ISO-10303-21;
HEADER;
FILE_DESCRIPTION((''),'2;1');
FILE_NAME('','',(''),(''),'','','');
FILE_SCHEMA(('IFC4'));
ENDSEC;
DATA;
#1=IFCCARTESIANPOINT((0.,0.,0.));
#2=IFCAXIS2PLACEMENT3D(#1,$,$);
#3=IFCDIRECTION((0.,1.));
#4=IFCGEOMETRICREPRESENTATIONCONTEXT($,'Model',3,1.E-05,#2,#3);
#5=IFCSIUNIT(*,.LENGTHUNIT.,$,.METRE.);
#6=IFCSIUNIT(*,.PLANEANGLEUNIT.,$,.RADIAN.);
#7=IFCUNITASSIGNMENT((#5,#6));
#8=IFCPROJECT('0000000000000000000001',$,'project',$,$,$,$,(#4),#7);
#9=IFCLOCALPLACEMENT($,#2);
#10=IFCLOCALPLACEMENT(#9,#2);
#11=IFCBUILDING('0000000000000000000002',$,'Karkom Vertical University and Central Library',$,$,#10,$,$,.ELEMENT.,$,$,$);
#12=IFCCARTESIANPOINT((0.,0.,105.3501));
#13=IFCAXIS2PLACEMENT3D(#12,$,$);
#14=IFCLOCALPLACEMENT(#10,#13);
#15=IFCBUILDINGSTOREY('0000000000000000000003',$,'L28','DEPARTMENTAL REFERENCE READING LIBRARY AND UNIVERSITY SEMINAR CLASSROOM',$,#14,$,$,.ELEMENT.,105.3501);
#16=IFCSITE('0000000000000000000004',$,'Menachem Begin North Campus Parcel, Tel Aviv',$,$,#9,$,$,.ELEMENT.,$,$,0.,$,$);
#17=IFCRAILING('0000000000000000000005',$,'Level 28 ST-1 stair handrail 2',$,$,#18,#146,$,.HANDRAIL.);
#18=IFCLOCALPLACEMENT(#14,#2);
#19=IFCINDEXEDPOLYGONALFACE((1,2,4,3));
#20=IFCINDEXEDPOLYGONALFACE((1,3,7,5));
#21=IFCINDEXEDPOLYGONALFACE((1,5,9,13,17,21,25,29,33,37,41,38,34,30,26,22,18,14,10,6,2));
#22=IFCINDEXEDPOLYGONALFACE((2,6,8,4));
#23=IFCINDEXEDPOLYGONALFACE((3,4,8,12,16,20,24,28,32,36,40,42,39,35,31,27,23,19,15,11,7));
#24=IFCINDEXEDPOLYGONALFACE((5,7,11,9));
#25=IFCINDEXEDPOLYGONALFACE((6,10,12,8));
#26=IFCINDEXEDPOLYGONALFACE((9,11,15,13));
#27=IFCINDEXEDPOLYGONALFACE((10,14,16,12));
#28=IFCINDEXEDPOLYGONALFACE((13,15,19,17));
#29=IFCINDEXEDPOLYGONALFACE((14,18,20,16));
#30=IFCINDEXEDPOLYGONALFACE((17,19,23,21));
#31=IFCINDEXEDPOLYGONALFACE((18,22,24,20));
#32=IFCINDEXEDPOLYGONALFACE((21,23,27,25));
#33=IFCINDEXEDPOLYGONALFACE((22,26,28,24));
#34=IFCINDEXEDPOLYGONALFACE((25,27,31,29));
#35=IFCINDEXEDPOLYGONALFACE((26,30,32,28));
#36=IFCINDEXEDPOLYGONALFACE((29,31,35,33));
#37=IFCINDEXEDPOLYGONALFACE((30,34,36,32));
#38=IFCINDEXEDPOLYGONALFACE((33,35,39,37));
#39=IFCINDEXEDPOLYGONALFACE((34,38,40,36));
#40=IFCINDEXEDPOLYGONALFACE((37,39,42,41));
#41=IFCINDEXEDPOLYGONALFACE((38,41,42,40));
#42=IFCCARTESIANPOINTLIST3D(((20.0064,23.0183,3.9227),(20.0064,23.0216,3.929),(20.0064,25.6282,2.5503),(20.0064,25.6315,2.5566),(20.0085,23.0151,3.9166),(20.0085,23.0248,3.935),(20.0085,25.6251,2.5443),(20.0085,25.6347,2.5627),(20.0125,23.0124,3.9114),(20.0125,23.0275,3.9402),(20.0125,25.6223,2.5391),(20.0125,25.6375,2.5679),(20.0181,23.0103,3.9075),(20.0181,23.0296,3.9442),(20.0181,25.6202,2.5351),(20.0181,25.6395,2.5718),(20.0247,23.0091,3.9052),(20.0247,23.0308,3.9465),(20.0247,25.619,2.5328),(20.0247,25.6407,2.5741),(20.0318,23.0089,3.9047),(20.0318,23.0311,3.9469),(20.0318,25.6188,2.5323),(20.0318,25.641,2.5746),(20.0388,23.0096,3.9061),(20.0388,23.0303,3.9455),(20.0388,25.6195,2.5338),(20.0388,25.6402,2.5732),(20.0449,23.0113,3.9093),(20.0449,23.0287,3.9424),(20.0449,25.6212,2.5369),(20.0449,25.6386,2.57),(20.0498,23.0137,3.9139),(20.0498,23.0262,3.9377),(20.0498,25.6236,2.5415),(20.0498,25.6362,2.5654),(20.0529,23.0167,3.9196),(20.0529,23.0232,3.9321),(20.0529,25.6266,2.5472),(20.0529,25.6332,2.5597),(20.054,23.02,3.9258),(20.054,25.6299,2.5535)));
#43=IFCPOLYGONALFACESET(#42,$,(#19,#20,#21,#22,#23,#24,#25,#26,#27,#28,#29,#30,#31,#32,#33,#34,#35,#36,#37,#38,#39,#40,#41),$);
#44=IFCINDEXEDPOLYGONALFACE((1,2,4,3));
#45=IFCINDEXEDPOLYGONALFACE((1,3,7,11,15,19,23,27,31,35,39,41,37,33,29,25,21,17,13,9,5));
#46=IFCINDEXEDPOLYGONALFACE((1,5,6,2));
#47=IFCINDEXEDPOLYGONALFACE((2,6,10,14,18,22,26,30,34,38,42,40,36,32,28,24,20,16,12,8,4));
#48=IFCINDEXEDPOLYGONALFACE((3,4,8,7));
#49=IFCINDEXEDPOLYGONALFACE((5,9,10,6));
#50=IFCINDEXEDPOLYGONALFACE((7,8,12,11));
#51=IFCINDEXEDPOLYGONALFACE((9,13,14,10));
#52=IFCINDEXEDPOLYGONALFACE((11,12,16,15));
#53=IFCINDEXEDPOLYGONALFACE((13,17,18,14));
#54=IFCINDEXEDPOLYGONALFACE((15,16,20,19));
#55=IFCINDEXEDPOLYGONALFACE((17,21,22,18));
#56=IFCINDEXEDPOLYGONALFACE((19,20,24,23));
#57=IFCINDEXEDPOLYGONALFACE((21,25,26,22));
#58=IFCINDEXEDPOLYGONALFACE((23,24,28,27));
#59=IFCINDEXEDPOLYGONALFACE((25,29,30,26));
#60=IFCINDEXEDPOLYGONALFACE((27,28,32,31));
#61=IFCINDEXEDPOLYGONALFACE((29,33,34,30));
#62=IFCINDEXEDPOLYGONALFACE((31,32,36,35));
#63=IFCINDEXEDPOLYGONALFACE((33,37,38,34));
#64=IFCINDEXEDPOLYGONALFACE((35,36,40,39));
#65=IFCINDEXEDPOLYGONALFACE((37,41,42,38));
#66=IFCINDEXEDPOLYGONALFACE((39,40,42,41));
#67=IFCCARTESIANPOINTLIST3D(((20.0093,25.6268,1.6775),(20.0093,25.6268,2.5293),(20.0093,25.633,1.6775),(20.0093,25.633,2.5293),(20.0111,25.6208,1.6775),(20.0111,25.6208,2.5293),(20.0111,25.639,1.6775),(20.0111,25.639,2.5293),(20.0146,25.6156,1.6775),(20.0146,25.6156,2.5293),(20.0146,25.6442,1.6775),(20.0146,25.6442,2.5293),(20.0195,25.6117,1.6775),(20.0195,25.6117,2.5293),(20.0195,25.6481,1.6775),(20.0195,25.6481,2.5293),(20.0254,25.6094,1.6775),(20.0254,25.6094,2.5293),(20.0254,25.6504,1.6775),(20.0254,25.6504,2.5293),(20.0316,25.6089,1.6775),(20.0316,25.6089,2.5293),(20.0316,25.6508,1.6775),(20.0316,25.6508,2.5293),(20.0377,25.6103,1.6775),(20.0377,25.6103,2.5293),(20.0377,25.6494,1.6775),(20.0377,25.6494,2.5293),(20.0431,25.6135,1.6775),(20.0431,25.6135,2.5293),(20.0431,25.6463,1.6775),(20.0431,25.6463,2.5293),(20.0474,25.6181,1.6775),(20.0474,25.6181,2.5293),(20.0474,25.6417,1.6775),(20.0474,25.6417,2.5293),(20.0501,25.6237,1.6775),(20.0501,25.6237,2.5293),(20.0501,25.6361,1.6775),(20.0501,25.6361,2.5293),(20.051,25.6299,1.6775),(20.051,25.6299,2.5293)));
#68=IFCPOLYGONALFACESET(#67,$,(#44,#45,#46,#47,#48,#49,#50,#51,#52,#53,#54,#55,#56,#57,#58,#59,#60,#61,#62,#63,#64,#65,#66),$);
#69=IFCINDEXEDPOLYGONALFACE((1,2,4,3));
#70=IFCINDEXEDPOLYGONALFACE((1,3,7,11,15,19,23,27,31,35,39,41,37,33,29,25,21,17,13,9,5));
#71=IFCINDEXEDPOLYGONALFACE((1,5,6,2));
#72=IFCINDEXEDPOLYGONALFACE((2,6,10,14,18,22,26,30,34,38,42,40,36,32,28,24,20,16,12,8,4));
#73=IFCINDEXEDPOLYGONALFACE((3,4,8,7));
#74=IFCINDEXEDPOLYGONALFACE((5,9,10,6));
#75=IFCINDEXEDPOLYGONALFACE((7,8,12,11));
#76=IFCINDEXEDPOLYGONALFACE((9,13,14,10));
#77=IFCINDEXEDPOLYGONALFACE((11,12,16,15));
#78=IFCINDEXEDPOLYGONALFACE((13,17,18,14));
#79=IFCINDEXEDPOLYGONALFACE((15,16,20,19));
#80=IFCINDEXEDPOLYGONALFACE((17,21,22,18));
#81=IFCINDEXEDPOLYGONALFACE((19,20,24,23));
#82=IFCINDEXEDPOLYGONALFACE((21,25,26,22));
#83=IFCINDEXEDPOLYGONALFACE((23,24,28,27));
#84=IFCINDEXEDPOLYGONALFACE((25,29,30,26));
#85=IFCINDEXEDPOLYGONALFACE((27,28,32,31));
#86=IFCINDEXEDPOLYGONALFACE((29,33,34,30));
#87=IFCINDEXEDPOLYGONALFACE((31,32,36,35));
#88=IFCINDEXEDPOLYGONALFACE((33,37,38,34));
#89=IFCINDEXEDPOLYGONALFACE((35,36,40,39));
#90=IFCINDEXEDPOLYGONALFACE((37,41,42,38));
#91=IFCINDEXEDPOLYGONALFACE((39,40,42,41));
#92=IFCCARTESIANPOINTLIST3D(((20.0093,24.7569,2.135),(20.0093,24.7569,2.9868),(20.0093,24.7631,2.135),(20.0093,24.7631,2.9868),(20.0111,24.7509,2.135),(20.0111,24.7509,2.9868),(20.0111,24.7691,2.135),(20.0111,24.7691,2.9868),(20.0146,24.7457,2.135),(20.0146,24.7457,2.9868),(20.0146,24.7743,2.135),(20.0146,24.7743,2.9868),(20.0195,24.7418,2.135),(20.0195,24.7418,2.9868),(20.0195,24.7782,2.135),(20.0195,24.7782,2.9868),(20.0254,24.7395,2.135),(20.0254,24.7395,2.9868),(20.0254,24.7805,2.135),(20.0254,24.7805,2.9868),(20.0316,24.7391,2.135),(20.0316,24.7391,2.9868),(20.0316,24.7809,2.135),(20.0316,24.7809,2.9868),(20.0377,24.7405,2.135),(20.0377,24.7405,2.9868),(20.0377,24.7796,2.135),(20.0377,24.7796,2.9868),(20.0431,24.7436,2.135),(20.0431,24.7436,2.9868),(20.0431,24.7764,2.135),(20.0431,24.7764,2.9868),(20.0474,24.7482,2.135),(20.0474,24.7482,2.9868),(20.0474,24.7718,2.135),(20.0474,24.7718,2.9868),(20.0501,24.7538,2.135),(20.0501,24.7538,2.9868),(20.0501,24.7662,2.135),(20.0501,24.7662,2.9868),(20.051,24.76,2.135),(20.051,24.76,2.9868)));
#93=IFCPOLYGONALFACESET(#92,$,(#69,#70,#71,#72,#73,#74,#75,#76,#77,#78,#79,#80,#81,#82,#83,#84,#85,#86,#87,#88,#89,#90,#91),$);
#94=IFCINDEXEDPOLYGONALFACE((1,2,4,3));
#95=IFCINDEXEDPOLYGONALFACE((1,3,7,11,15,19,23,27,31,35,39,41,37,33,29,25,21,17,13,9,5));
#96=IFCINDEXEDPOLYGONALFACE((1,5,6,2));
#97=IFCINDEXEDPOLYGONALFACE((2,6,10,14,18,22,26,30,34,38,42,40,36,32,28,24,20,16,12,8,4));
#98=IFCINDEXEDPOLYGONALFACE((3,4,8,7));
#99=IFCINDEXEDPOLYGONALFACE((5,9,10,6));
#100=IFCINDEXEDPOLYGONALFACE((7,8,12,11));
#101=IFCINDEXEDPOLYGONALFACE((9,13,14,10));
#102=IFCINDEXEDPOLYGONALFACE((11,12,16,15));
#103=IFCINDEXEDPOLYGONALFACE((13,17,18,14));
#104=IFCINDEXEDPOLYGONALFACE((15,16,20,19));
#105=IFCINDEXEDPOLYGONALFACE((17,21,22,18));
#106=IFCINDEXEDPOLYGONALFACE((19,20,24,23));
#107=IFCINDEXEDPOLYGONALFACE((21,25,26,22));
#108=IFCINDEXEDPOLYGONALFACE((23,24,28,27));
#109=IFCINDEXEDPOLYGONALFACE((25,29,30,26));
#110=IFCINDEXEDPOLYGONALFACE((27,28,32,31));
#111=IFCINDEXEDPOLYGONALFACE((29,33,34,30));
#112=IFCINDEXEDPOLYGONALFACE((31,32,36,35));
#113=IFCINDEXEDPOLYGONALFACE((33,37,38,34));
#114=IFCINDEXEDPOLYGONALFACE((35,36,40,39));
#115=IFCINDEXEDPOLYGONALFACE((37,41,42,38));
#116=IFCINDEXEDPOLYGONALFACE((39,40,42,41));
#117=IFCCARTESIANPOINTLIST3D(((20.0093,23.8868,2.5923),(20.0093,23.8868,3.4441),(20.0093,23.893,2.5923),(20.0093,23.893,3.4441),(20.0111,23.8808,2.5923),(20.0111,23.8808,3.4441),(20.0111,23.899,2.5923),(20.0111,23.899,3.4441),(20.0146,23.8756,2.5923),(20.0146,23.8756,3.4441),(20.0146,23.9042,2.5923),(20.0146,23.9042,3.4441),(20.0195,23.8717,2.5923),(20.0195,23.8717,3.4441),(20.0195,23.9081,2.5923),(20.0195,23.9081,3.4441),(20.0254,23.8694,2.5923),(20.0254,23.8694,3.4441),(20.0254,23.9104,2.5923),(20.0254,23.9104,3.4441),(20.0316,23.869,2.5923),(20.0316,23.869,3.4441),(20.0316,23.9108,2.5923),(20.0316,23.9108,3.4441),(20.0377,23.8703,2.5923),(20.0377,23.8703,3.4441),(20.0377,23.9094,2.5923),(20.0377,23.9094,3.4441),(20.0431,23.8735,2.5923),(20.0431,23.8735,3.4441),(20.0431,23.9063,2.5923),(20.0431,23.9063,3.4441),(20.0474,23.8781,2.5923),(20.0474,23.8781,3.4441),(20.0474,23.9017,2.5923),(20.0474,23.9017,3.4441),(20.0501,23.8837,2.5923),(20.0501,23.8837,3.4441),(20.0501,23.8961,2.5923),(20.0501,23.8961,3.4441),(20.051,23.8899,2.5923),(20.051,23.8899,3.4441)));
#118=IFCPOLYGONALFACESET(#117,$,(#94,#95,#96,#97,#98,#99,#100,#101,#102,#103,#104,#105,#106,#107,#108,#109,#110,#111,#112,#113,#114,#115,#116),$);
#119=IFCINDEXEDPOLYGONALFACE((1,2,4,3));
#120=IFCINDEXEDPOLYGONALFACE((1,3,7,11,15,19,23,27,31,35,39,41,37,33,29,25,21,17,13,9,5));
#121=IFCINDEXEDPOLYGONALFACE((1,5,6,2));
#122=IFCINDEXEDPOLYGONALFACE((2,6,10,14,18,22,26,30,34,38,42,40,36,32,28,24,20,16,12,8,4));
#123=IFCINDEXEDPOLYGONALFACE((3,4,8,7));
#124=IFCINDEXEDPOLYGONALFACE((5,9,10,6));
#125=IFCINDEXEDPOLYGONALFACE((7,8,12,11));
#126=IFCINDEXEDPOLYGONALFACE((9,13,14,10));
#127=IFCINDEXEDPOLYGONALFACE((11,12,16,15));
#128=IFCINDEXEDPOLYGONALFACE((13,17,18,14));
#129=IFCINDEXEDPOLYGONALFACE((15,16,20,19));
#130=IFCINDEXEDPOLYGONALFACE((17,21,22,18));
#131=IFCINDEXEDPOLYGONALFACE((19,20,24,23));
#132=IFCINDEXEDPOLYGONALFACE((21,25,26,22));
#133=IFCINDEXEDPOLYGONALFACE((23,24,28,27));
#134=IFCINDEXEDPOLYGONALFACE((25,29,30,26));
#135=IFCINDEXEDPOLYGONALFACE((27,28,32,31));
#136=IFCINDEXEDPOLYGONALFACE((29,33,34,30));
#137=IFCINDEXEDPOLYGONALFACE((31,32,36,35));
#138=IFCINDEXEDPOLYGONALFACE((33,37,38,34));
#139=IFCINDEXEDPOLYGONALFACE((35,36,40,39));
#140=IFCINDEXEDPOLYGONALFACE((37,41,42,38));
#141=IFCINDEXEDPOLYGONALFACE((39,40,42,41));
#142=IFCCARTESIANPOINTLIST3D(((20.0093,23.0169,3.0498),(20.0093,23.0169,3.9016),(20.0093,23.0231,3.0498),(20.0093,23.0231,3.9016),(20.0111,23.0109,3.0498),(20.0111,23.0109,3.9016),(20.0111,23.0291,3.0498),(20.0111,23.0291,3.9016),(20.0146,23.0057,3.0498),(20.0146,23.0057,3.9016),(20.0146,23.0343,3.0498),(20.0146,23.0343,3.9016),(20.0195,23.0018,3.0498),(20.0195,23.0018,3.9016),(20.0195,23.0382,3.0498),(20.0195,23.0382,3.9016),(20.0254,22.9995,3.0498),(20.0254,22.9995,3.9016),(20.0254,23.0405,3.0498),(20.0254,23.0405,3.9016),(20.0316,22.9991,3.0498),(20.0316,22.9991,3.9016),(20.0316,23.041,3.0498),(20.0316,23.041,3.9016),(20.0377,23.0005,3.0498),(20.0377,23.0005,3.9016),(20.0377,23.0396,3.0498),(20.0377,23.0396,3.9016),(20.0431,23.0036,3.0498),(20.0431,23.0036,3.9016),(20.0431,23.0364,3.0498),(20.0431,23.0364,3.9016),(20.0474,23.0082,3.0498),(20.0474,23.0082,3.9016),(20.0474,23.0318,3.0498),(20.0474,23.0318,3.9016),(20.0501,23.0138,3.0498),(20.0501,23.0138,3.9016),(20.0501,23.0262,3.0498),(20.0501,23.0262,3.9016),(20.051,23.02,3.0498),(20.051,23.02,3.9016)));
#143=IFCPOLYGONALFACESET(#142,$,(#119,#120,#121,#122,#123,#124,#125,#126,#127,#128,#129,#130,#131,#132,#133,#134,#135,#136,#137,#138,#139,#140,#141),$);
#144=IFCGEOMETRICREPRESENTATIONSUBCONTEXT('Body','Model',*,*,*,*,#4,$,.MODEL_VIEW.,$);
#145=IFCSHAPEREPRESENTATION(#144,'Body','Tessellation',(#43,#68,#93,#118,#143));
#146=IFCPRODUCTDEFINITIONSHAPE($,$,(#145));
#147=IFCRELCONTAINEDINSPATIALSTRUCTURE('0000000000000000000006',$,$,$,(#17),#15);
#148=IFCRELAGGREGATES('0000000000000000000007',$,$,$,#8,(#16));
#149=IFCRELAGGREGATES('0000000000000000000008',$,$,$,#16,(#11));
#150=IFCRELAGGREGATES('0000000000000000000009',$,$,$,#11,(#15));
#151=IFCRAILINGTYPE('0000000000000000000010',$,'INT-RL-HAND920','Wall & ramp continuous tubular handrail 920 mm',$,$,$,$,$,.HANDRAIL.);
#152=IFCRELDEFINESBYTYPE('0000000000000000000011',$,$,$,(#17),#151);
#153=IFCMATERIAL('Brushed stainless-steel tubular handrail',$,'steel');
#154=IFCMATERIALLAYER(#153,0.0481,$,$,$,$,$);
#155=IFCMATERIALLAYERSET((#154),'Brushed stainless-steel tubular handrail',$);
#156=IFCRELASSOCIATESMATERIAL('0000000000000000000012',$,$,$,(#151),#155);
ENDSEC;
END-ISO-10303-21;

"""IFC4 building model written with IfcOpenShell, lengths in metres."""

from ifc_helpers import new_model, si_unit, direction, frame, origin, origin_2d, place, context, subcontext, project, spatial, circle, extrude, material, layer, layer_set, type_object, element, save


model = new_model("IFC4")

# Units and contexts
model_context = context("Model", 3, precision=1e-05, world=origin(), true_north=direction((0.0, 1.0)))
body_context = subcontext(model_context, "Body", "Model", "MODEL_VIEW")
ifc_project = project(units=[si_unit("LENGTHUNIT", "METRE"), si_unit("PLANEANGLEUNIT", "RADIAN")], contexts=[model_context])

# Site, building, storey
site_placement = place(None, origin())
site = spatial("IfcSite", under=ifc_project, at=site_placement, Name="Menachem Begin North Campus Parcel, Tel Aviv", CompositionType="ELEMENT", RefElevation=0.0)
building_placement = place(site_placement, origin())
building = spatial("IfcBuilding", under=site, at=building_placement, Name="Karkom Vertical University and Central Library", CompositionType="ELEMENT")
storey_placement = place(building_placement, frame((0.0, 0.0, 105.3501)))
storey = spatial("IfcBuildingStorey", under=building, at=storey_placement, Name="L28", Description="DEPARTMENTAL REFERENCE READING LIBRARY AND UNIVERSITY SEMINAR CLASSROOM", CompositionType="ELEMENT", Elevation=105.3501)

# Railing
ifc_material_1 = material(Name="Brushed stainless-steel tubular handrail", Category="steel")
ifc_layer_1 = layer(ifc_material_1, 0.0481)
ifc_layer_set_1 = layer_set([ifc_layer_1], Name="Brushed stainless-steel tubular handrail")
railing_type_1 = type_object("IfcRailingType", Name="INT-RL-HAND920", Description="Wall & ramp continuous tubular handrail 920 mm", PredefinedType="HANDRAIL", material=ifc_layer_set_1)
railing_1_placement = place(storey_placement, frame((20.03, 25.6299, 1.6775)))
element("IfcRailing", 1, at=railing_1_placement, inside=storey, type_object=railing_type_1, Name="Level 28 ST-1 stair handrail 2", PredefinedType="HANDRAIL", context=body_context, shape_type="SweptSolid", body=[
    extrude(circle(Radius=0.0239, at=origin_2d()), frame((0.0, 0.0, 0.876), z_axis=(0.0, -0.8851, 0.465402), x_axis=(1.0, 0.0, 0.0)), (0.0, 0.0, 1.0), 2.9487),
    extrude(circle(Radius=0.021, at=origin_2d()), origin(), (0.0, 0.0, 1.0), 0.8518),
    extrude(circle(Radius=0.021, at=origin_2d()), frame((0.0, -0.8699, 0.4575)), (0.0, 0.0, 1.0), 0.8518),
    extrude(circle(Radius=0.021, at=origin_2d()), frame((0.0, -1.74, 0.9148)), (0.0, 0.0, 1.0), 0.8518),
    extrude(circle(Radius=0.021, at=origin_2d()), frame((0.0, -2.6099, 1.3723)), (0.0, 0.0, 1.0), 0.8518),
])

save(model, "model.ifc")
